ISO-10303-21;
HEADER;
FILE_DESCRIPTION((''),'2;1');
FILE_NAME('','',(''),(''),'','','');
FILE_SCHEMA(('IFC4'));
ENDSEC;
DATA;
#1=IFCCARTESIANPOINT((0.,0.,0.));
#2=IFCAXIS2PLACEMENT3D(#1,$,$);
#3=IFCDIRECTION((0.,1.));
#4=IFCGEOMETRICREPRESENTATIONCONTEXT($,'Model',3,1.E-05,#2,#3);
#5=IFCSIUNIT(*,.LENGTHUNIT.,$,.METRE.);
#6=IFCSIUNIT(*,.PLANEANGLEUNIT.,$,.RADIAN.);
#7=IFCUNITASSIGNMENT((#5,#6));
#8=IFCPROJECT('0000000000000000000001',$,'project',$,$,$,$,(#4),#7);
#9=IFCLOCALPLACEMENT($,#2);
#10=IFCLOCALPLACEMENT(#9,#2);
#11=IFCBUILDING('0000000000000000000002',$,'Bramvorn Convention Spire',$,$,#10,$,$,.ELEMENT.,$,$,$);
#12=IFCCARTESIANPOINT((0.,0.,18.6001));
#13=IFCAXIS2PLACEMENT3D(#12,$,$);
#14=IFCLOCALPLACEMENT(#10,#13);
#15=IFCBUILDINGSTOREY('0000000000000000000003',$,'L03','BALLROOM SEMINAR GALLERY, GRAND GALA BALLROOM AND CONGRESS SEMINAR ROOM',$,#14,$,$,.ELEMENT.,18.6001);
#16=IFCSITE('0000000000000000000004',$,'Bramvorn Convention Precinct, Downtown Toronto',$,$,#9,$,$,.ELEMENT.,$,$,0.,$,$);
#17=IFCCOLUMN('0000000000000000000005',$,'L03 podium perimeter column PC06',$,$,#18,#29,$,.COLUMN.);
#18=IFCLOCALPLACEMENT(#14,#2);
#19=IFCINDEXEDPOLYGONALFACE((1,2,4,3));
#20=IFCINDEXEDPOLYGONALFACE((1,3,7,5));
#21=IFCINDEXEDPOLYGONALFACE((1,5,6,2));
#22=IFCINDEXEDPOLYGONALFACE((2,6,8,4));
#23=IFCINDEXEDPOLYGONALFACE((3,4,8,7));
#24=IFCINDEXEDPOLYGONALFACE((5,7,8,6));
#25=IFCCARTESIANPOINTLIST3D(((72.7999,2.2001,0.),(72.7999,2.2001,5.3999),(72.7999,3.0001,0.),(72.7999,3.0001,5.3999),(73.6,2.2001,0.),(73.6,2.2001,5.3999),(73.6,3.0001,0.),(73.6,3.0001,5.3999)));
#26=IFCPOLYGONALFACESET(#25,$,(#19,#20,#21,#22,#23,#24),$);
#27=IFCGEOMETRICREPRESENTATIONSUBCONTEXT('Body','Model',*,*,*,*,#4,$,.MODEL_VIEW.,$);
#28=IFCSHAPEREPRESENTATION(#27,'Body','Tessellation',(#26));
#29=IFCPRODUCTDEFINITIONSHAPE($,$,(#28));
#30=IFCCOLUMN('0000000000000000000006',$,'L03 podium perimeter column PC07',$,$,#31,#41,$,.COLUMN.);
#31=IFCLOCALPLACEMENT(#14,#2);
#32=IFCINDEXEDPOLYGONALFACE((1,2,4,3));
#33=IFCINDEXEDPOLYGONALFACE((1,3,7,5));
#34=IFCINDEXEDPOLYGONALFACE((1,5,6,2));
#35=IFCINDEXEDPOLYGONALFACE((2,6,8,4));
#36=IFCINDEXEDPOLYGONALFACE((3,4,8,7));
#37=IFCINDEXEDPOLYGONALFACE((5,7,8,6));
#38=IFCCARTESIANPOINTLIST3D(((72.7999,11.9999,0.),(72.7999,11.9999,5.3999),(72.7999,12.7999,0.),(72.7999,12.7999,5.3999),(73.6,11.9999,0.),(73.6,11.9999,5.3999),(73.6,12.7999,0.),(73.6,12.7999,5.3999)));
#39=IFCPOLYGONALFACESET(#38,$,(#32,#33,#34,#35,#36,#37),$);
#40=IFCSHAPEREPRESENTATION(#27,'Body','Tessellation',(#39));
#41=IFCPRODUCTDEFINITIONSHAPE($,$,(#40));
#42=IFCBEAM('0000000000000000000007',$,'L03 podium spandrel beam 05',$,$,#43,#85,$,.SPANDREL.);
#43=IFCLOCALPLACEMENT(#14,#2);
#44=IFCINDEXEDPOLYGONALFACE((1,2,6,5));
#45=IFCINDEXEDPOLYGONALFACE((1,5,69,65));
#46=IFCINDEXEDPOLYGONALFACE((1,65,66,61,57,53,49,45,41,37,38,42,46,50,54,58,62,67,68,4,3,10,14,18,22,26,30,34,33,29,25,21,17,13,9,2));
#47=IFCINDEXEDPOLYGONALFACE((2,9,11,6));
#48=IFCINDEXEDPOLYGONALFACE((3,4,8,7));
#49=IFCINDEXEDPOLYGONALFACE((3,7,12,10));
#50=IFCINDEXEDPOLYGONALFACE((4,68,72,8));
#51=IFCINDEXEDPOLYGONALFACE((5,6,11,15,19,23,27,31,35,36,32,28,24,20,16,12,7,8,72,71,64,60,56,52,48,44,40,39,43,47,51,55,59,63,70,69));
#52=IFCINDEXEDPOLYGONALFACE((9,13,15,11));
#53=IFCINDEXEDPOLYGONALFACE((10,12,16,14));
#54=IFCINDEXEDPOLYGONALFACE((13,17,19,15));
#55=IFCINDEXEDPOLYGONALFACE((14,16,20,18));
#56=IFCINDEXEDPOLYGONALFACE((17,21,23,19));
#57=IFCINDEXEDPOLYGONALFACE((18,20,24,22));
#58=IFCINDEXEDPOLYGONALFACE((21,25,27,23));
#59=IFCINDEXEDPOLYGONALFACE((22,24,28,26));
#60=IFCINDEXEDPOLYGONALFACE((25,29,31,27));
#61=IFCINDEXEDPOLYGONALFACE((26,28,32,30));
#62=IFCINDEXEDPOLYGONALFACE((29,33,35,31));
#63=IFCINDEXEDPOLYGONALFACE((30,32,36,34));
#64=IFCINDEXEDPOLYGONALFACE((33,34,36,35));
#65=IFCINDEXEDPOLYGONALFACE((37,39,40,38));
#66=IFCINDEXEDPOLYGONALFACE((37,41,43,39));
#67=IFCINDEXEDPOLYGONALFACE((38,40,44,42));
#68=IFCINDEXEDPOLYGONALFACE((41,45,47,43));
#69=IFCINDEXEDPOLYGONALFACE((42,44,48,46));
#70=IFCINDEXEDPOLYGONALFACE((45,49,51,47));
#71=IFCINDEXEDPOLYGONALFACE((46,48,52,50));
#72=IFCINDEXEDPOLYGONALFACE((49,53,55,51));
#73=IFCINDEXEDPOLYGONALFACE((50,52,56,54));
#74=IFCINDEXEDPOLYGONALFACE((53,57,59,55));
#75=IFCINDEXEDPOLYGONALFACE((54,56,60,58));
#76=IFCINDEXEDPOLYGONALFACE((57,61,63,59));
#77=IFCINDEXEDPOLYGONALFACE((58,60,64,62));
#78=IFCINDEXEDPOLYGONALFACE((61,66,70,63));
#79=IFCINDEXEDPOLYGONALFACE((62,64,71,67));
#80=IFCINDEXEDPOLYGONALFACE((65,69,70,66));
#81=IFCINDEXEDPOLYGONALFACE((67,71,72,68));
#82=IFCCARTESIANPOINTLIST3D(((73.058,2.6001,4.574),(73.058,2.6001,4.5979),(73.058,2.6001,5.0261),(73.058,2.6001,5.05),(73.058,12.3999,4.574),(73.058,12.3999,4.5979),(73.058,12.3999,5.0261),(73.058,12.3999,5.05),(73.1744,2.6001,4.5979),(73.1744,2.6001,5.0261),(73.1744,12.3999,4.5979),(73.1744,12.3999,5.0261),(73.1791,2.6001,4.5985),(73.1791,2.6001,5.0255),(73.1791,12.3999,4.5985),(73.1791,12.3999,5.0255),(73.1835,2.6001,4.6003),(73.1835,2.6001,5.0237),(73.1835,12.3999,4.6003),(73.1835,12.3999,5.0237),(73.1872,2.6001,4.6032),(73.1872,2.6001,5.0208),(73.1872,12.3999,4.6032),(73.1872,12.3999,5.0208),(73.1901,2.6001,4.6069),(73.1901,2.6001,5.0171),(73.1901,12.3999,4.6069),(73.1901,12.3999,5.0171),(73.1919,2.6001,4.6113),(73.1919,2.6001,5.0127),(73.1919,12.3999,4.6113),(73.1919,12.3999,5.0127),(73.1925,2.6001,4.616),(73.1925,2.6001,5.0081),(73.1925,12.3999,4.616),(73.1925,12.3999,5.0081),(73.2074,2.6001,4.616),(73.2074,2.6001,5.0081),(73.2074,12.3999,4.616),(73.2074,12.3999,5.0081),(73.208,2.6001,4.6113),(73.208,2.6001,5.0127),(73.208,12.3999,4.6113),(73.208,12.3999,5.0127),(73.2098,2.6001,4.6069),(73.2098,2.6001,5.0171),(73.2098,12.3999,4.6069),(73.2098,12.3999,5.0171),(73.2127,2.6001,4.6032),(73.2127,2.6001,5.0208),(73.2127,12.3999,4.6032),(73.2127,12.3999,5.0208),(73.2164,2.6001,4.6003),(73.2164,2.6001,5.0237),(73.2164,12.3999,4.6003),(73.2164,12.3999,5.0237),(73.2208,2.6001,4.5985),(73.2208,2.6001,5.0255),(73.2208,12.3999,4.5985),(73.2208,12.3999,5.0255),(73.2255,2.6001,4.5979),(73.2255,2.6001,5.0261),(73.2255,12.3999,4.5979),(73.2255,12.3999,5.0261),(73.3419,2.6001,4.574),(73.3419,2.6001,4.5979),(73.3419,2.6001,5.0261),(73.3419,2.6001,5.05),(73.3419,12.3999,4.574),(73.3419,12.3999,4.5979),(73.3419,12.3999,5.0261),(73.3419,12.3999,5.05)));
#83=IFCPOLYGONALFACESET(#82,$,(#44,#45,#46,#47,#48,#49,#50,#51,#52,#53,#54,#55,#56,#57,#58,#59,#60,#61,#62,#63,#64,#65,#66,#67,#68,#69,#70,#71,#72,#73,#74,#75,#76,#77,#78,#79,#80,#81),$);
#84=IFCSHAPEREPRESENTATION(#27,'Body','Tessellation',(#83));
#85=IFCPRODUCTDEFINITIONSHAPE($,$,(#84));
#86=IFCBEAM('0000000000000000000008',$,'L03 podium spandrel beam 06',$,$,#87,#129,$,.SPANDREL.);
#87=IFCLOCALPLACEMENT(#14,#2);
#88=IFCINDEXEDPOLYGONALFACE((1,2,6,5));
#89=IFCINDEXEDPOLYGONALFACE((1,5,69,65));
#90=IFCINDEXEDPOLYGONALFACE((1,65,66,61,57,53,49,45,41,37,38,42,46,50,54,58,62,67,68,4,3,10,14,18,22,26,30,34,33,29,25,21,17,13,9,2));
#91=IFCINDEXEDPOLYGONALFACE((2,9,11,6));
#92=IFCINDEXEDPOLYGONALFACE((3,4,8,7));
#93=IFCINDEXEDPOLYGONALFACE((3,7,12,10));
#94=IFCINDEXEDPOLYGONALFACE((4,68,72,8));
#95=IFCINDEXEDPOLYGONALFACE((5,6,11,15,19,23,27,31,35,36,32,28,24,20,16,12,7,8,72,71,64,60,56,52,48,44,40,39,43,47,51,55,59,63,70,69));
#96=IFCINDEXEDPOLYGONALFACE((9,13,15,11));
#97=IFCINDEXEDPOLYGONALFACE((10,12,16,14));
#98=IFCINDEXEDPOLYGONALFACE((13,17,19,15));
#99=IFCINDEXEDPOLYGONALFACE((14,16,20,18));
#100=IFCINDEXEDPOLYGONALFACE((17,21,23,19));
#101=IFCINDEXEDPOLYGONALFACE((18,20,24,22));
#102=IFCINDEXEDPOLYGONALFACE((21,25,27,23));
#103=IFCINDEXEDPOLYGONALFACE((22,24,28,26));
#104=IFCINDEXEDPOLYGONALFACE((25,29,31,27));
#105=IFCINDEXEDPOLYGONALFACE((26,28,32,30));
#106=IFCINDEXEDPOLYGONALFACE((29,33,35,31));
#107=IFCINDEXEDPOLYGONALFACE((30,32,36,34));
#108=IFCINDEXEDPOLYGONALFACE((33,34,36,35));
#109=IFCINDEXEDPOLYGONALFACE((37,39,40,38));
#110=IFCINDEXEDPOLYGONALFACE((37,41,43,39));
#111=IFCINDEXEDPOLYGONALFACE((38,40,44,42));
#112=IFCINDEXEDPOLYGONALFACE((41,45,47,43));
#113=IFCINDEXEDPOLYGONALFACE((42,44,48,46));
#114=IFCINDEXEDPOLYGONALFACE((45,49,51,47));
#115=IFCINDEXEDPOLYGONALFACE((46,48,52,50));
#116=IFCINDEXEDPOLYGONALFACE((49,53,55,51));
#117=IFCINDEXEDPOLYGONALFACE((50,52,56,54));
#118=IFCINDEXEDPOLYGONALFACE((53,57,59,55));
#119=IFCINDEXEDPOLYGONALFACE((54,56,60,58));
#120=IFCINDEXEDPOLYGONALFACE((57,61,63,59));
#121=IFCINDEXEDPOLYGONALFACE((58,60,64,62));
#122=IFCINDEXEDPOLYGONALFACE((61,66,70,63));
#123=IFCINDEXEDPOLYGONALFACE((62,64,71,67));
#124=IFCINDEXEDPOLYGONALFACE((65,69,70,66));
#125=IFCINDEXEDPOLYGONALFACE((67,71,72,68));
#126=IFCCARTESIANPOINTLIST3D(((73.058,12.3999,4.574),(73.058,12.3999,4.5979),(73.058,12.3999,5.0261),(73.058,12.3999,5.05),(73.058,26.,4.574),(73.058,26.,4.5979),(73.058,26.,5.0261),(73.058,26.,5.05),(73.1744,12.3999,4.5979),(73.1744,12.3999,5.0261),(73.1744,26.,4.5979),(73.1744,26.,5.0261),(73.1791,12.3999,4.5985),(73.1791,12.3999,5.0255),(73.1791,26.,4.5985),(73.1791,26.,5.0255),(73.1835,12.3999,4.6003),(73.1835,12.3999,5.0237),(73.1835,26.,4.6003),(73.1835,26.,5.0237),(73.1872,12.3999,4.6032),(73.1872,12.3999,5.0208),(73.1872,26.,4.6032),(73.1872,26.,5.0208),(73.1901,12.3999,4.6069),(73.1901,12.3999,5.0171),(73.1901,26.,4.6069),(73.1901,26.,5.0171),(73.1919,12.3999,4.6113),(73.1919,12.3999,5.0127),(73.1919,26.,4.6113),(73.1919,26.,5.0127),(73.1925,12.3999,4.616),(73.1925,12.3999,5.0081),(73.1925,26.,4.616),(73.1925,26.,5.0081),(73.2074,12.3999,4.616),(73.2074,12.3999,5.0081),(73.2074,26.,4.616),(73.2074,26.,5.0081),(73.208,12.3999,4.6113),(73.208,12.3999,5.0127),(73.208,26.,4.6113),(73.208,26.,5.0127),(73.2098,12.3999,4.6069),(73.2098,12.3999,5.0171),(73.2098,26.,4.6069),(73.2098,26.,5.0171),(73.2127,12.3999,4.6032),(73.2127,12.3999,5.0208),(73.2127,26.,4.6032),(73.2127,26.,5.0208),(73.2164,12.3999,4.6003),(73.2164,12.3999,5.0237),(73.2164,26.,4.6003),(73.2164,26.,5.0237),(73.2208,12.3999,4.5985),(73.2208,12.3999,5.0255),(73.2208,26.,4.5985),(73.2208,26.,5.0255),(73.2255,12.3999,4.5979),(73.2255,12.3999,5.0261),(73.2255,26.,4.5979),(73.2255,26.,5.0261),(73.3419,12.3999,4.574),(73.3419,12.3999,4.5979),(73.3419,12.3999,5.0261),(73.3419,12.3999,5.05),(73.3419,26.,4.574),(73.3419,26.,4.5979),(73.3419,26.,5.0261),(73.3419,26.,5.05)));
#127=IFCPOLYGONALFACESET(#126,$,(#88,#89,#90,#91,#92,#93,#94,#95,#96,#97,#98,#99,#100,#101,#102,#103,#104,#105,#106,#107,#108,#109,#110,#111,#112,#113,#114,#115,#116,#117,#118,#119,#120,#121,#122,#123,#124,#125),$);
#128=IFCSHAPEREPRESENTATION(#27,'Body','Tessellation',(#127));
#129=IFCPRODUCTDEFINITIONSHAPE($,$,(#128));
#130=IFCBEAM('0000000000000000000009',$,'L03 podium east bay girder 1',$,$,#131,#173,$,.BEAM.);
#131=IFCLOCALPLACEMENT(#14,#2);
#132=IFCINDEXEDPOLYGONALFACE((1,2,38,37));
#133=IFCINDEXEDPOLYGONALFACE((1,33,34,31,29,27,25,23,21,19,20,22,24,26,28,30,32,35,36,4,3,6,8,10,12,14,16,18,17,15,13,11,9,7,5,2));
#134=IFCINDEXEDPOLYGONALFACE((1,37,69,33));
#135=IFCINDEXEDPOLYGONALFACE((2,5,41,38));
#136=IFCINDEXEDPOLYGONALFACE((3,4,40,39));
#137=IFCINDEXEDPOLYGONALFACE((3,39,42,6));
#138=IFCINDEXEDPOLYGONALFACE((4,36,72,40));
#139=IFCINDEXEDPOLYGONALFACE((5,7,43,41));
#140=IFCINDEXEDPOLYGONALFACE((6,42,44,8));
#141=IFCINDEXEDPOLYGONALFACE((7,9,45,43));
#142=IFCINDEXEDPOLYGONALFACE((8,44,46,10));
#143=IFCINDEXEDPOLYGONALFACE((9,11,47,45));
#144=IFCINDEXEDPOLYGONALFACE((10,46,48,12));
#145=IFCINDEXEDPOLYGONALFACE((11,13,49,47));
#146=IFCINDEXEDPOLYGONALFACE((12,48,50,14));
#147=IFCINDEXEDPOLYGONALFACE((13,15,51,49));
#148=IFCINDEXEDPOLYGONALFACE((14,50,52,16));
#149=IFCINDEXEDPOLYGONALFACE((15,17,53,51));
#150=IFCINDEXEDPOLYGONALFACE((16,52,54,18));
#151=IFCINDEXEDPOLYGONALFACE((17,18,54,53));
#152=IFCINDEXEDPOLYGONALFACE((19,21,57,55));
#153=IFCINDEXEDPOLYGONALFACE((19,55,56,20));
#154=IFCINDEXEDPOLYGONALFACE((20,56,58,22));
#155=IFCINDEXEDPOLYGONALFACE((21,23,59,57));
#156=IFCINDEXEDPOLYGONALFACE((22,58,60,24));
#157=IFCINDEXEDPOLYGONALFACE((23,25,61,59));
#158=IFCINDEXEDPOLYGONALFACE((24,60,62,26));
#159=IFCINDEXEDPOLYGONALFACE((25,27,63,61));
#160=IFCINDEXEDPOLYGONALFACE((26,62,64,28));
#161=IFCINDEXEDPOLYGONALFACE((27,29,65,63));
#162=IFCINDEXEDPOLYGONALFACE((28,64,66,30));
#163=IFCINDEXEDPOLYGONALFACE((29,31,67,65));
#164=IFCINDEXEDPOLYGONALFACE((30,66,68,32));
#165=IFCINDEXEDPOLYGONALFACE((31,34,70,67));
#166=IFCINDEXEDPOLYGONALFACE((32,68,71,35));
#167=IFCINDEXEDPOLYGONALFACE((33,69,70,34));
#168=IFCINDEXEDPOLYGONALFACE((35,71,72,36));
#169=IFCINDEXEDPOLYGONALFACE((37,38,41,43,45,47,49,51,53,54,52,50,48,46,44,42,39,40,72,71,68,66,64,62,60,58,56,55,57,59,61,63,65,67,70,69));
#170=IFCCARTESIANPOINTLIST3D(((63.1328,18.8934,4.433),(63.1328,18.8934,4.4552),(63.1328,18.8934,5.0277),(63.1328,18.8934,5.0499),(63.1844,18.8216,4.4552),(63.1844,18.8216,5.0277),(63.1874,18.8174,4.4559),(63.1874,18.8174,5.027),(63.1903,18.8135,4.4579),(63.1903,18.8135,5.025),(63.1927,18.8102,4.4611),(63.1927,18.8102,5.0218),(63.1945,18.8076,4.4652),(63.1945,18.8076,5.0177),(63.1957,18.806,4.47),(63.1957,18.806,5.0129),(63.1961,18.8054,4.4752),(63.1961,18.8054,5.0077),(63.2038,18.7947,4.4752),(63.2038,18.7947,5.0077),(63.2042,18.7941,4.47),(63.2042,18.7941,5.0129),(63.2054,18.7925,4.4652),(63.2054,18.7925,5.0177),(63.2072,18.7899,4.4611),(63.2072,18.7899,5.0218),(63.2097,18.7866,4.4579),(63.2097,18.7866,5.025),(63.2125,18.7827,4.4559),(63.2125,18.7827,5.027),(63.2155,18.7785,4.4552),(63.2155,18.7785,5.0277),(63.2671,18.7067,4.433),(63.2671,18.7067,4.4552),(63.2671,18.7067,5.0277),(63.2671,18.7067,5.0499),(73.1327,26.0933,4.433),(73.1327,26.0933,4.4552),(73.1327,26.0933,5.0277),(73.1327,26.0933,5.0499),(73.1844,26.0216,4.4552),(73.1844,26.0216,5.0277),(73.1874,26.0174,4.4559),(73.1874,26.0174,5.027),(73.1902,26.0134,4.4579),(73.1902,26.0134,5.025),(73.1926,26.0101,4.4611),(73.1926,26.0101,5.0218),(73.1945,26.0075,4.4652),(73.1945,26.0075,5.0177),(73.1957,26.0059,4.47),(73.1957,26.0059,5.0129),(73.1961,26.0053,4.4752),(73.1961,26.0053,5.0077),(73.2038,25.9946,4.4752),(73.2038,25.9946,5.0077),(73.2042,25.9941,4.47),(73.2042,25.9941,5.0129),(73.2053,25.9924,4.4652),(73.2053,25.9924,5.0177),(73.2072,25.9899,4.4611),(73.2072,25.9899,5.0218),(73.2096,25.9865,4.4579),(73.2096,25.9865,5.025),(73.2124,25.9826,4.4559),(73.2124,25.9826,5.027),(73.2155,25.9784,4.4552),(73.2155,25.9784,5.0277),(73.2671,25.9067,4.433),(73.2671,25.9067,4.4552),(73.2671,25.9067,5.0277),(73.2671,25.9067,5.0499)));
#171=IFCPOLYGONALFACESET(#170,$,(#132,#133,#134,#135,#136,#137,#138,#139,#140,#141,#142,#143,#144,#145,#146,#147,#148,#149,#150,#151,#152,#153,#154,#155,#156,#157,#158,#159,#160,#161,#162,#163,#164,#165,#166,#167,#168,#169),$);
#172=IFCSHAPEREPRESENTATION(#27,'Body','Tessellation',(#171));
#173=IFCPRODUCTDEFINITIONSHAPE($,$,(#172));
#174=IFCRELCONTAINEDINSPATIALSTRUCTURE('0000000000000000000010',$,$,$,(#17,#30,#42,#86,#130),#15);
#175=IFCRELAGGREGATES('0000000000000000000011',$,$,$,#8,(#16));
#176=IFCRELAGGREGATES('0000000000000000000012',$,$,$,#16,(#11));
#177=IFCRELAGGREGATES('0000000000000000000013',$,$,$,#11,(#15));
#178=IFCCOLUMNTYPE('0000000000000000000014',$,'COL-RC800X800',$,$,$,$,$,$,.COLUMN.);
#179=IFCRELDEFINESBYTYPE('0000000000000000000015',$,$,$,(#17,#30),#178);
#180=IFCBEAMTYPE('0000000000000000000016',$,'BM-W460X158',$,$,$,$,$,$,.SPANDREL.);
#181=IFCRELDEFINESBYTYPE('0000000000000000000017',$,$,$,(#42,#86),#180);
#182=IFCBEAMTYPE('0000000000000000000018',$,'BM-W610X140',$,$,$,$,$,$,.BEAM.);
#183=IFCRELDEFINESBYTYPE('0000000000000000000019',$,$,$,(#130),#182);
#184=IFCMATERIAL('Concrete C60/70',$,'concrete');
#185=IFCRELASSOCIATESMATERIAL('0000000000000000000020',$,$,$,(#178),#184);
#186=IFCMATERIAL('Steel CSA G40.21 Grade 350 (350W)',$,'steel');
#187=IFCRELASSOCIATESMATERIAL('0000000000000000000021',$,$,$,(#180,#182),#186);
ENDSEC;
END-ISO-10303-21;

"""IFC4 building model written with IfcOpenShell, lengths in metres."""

from ifc_helpers import new_model, si_unit, direction, frame, origin, origin_2d, place, context, subcontext, project, spatial, rectangle, i_section, extrude, material, material_profile, profile_set, type_object, element, save


model = new_model("IFC4")

# Units and contexts
model_context = context("Model", 3, precision=1e-05, world=origin(), true_north=direction((0.0, 1.0)))
body_context = subcontext(model_context, "Body", "Model", "MODEL_VIEW")
ifc_project = project(units=[si_unit("LENGTHUNIT", "METRE"), si_unit("PLANEANGLEUNIT", "RADIAN")], contexts=[model_context])

# Site, building, storey
site_placement = place(None, origin())
site = spatial("IfcSite", under=ifc_project, at=site_placement, Name="Bramvorn Convention Precinct, Downtown Toronto", CompositionType="ELEMENT", RefElevation=0.0)
building_placement = place(site_placement, origin())
building = spatial("IfcBuilding", under=site, at=building_placement, Name="Bramvorn Convention Spire", CompositionType="ELEMENT")
storey_placement = place(building_placement, frame((0.0, 0.0, 18.6001)))
storey = spatial("IfcBuildingStorey", under=building, at=storey_placement, Name="L03", Description="BALLROOM SEMINAR GALLERY, GRAND GALA BALLROOM AND CONGRESS SEMINAR ROOM", CompositionType="ELEMENT", Elevation=18.6001)

# Columns
ifc_material_1 = material(Name="Steel CSA G40.21 Grade 350 (350W)", Category="steel")
ifc_material_2 = material(Name="Concrete C60/70", Category="concrete")
ifc_material_profile_1 = material_profile(ifc_material_2, rectangle(XDim=0.8, YDim=0.8, at=origin_2d()))
ifc_profile_set_1 = profile_set([ifc_material_profile_1], Name="Concrete C60/70 - RC800X800")
column_type_1 = type_object("IfcColumnType", Name="COL-RC800X800", PredefinedType="COLUMN", material=ifc_profile_set_1)
for number, where, z_axis, x_axis, name in (
    (1, (73.2, 2.6001, 0.0), (0.0, 0.0, 1.0), (1.0, 0.0, 0.0), "L03 podium perimeter column PC06"),
    (2, (73.2, 12.3999, 0.0), (0.0, 0.0, 1.0), (1.0, 0.0, 0.0), "L03 podium perimeter column PC07"),
):
    element("IfcColumn", number, at=place(storey_placement, frame(where, z_axis=z_axis, x_axis=x_axis)), inside=storey, type_object=column_type_1, Name=name, PredefinedType="COLUMN", context=body_context, shape_type="SweptSolid", body=[
        extrude(rectangle(XDim=0.8, YDim=0.8, at=origin_2d()), origin(), (0.0, 0.0, 1.0), 5.3999),
    ])

# Beams
ifc_material_profile_2 = material_profile(ifc_material_1, i_section(OverallWidth=0.2839, OverallDepth=0.4761, WebThickness=0.0149, FlangeThickness=0.0239, FilletRadius=0.0181, at=origin_2d()))
ifc_profile_set_2 = profile_set([ifc_material_profile_2], Name="Steel CSA G40.21 Grade 350 (350W) - W460X158")
beam_type_1 = type_object("IfcBeamType", Name="BM-W460X158", PredefinedType="SPANDREL", material=ifc_profile_set_2)
beam_1_placement = place(storey_placement, frame((73.2, 2.6001, 4.812), z_axis=(0.0, 1.0, 0.0), x_axis=(-1.0, 0.0, 0.0)))
element("IfcBeam", 3, at=beam_1_placement, inside=storey, type_object=beam_type_1, Name="L03 podium spandrel beam 05", PredefinedType="SPANDREL", context=body_context, shape_type="SweptSolid", body=[
    extrude(i_section(OverallWidth=0.2839, OverallDepth=0.4761, WebThickness=0.0149, FlangeThickness=0.0239, FilletRadius=0.0181, at=origin_2d()), origin(), (0.0, 0.0, 1.0), 9.7998),
])
beam_2_placement = place(storey_placement, frame((73.2, 12.3999, 4.812), z_axis=(0.0, 1.0, 0.0), x_axis=(-1.0, 0.0, 0.0)))
element("IfcBeam", 4, at=beam_2_placement, inside=storey, type_object=beam_type_1, Name="L03 podium spandrel beam 06", PredefinedType="SPANDREL", context=body_context, shape_type="SweptSolid", body=[
    extrude(i_section(OverallWidth=0.2839, OverallDepth=0.4761, WebThickness=0.0149, FlangeThickness=0.0239, FilletRadius=0.0181, at=origin_2d()), origin(), (0.0, 0.0, 1.0), 13.6001),
])
ifc_material_profile_3 = material_profile(ifc_material_1, i_section(OverallWidth=0.23, OverallDepth=0.6169, WebThickness=0.0132, FlangeThickness=0.0222, FilletRadius=0.02, at=origin_2d()))
ifc_profile_set_3 = profile_set([ifc_material_profile_3], Name="Steel CSA G40.21 Grade 350 (350W) - W610X140")
beam_type_2 = type_object("IfcBeamType", Name="BM-W610X140", PredefinedType="BEAM", material=ifc_profile_set_3)
beam_3_placement = place(storey_placement, frame((63.2, 18.8, 4.7415), z_axis=(0.811536, 0.584302, 0.0), x_axis=(-0.584302, 0.811536, 0.0)))
element("IfcBeam", 5, at=beam_3_placement, inside=storey, type_object=beam_type_2, Name="L03 podium east bay girder 1", PredefinedType="BEAM", context=body_context, shape_type="SweptSolid", body=[
    extrude(i_section(OverallWidth=0.23, OverallDepth=0.6169, WebThickness=0.0132, FlangeThickness=0.0222, FilletRadius=0.02, at=origin_2d()), origin(), (0.0, 0.0, 1.0), 12.3223),
])

save(model, "model.ifc")
